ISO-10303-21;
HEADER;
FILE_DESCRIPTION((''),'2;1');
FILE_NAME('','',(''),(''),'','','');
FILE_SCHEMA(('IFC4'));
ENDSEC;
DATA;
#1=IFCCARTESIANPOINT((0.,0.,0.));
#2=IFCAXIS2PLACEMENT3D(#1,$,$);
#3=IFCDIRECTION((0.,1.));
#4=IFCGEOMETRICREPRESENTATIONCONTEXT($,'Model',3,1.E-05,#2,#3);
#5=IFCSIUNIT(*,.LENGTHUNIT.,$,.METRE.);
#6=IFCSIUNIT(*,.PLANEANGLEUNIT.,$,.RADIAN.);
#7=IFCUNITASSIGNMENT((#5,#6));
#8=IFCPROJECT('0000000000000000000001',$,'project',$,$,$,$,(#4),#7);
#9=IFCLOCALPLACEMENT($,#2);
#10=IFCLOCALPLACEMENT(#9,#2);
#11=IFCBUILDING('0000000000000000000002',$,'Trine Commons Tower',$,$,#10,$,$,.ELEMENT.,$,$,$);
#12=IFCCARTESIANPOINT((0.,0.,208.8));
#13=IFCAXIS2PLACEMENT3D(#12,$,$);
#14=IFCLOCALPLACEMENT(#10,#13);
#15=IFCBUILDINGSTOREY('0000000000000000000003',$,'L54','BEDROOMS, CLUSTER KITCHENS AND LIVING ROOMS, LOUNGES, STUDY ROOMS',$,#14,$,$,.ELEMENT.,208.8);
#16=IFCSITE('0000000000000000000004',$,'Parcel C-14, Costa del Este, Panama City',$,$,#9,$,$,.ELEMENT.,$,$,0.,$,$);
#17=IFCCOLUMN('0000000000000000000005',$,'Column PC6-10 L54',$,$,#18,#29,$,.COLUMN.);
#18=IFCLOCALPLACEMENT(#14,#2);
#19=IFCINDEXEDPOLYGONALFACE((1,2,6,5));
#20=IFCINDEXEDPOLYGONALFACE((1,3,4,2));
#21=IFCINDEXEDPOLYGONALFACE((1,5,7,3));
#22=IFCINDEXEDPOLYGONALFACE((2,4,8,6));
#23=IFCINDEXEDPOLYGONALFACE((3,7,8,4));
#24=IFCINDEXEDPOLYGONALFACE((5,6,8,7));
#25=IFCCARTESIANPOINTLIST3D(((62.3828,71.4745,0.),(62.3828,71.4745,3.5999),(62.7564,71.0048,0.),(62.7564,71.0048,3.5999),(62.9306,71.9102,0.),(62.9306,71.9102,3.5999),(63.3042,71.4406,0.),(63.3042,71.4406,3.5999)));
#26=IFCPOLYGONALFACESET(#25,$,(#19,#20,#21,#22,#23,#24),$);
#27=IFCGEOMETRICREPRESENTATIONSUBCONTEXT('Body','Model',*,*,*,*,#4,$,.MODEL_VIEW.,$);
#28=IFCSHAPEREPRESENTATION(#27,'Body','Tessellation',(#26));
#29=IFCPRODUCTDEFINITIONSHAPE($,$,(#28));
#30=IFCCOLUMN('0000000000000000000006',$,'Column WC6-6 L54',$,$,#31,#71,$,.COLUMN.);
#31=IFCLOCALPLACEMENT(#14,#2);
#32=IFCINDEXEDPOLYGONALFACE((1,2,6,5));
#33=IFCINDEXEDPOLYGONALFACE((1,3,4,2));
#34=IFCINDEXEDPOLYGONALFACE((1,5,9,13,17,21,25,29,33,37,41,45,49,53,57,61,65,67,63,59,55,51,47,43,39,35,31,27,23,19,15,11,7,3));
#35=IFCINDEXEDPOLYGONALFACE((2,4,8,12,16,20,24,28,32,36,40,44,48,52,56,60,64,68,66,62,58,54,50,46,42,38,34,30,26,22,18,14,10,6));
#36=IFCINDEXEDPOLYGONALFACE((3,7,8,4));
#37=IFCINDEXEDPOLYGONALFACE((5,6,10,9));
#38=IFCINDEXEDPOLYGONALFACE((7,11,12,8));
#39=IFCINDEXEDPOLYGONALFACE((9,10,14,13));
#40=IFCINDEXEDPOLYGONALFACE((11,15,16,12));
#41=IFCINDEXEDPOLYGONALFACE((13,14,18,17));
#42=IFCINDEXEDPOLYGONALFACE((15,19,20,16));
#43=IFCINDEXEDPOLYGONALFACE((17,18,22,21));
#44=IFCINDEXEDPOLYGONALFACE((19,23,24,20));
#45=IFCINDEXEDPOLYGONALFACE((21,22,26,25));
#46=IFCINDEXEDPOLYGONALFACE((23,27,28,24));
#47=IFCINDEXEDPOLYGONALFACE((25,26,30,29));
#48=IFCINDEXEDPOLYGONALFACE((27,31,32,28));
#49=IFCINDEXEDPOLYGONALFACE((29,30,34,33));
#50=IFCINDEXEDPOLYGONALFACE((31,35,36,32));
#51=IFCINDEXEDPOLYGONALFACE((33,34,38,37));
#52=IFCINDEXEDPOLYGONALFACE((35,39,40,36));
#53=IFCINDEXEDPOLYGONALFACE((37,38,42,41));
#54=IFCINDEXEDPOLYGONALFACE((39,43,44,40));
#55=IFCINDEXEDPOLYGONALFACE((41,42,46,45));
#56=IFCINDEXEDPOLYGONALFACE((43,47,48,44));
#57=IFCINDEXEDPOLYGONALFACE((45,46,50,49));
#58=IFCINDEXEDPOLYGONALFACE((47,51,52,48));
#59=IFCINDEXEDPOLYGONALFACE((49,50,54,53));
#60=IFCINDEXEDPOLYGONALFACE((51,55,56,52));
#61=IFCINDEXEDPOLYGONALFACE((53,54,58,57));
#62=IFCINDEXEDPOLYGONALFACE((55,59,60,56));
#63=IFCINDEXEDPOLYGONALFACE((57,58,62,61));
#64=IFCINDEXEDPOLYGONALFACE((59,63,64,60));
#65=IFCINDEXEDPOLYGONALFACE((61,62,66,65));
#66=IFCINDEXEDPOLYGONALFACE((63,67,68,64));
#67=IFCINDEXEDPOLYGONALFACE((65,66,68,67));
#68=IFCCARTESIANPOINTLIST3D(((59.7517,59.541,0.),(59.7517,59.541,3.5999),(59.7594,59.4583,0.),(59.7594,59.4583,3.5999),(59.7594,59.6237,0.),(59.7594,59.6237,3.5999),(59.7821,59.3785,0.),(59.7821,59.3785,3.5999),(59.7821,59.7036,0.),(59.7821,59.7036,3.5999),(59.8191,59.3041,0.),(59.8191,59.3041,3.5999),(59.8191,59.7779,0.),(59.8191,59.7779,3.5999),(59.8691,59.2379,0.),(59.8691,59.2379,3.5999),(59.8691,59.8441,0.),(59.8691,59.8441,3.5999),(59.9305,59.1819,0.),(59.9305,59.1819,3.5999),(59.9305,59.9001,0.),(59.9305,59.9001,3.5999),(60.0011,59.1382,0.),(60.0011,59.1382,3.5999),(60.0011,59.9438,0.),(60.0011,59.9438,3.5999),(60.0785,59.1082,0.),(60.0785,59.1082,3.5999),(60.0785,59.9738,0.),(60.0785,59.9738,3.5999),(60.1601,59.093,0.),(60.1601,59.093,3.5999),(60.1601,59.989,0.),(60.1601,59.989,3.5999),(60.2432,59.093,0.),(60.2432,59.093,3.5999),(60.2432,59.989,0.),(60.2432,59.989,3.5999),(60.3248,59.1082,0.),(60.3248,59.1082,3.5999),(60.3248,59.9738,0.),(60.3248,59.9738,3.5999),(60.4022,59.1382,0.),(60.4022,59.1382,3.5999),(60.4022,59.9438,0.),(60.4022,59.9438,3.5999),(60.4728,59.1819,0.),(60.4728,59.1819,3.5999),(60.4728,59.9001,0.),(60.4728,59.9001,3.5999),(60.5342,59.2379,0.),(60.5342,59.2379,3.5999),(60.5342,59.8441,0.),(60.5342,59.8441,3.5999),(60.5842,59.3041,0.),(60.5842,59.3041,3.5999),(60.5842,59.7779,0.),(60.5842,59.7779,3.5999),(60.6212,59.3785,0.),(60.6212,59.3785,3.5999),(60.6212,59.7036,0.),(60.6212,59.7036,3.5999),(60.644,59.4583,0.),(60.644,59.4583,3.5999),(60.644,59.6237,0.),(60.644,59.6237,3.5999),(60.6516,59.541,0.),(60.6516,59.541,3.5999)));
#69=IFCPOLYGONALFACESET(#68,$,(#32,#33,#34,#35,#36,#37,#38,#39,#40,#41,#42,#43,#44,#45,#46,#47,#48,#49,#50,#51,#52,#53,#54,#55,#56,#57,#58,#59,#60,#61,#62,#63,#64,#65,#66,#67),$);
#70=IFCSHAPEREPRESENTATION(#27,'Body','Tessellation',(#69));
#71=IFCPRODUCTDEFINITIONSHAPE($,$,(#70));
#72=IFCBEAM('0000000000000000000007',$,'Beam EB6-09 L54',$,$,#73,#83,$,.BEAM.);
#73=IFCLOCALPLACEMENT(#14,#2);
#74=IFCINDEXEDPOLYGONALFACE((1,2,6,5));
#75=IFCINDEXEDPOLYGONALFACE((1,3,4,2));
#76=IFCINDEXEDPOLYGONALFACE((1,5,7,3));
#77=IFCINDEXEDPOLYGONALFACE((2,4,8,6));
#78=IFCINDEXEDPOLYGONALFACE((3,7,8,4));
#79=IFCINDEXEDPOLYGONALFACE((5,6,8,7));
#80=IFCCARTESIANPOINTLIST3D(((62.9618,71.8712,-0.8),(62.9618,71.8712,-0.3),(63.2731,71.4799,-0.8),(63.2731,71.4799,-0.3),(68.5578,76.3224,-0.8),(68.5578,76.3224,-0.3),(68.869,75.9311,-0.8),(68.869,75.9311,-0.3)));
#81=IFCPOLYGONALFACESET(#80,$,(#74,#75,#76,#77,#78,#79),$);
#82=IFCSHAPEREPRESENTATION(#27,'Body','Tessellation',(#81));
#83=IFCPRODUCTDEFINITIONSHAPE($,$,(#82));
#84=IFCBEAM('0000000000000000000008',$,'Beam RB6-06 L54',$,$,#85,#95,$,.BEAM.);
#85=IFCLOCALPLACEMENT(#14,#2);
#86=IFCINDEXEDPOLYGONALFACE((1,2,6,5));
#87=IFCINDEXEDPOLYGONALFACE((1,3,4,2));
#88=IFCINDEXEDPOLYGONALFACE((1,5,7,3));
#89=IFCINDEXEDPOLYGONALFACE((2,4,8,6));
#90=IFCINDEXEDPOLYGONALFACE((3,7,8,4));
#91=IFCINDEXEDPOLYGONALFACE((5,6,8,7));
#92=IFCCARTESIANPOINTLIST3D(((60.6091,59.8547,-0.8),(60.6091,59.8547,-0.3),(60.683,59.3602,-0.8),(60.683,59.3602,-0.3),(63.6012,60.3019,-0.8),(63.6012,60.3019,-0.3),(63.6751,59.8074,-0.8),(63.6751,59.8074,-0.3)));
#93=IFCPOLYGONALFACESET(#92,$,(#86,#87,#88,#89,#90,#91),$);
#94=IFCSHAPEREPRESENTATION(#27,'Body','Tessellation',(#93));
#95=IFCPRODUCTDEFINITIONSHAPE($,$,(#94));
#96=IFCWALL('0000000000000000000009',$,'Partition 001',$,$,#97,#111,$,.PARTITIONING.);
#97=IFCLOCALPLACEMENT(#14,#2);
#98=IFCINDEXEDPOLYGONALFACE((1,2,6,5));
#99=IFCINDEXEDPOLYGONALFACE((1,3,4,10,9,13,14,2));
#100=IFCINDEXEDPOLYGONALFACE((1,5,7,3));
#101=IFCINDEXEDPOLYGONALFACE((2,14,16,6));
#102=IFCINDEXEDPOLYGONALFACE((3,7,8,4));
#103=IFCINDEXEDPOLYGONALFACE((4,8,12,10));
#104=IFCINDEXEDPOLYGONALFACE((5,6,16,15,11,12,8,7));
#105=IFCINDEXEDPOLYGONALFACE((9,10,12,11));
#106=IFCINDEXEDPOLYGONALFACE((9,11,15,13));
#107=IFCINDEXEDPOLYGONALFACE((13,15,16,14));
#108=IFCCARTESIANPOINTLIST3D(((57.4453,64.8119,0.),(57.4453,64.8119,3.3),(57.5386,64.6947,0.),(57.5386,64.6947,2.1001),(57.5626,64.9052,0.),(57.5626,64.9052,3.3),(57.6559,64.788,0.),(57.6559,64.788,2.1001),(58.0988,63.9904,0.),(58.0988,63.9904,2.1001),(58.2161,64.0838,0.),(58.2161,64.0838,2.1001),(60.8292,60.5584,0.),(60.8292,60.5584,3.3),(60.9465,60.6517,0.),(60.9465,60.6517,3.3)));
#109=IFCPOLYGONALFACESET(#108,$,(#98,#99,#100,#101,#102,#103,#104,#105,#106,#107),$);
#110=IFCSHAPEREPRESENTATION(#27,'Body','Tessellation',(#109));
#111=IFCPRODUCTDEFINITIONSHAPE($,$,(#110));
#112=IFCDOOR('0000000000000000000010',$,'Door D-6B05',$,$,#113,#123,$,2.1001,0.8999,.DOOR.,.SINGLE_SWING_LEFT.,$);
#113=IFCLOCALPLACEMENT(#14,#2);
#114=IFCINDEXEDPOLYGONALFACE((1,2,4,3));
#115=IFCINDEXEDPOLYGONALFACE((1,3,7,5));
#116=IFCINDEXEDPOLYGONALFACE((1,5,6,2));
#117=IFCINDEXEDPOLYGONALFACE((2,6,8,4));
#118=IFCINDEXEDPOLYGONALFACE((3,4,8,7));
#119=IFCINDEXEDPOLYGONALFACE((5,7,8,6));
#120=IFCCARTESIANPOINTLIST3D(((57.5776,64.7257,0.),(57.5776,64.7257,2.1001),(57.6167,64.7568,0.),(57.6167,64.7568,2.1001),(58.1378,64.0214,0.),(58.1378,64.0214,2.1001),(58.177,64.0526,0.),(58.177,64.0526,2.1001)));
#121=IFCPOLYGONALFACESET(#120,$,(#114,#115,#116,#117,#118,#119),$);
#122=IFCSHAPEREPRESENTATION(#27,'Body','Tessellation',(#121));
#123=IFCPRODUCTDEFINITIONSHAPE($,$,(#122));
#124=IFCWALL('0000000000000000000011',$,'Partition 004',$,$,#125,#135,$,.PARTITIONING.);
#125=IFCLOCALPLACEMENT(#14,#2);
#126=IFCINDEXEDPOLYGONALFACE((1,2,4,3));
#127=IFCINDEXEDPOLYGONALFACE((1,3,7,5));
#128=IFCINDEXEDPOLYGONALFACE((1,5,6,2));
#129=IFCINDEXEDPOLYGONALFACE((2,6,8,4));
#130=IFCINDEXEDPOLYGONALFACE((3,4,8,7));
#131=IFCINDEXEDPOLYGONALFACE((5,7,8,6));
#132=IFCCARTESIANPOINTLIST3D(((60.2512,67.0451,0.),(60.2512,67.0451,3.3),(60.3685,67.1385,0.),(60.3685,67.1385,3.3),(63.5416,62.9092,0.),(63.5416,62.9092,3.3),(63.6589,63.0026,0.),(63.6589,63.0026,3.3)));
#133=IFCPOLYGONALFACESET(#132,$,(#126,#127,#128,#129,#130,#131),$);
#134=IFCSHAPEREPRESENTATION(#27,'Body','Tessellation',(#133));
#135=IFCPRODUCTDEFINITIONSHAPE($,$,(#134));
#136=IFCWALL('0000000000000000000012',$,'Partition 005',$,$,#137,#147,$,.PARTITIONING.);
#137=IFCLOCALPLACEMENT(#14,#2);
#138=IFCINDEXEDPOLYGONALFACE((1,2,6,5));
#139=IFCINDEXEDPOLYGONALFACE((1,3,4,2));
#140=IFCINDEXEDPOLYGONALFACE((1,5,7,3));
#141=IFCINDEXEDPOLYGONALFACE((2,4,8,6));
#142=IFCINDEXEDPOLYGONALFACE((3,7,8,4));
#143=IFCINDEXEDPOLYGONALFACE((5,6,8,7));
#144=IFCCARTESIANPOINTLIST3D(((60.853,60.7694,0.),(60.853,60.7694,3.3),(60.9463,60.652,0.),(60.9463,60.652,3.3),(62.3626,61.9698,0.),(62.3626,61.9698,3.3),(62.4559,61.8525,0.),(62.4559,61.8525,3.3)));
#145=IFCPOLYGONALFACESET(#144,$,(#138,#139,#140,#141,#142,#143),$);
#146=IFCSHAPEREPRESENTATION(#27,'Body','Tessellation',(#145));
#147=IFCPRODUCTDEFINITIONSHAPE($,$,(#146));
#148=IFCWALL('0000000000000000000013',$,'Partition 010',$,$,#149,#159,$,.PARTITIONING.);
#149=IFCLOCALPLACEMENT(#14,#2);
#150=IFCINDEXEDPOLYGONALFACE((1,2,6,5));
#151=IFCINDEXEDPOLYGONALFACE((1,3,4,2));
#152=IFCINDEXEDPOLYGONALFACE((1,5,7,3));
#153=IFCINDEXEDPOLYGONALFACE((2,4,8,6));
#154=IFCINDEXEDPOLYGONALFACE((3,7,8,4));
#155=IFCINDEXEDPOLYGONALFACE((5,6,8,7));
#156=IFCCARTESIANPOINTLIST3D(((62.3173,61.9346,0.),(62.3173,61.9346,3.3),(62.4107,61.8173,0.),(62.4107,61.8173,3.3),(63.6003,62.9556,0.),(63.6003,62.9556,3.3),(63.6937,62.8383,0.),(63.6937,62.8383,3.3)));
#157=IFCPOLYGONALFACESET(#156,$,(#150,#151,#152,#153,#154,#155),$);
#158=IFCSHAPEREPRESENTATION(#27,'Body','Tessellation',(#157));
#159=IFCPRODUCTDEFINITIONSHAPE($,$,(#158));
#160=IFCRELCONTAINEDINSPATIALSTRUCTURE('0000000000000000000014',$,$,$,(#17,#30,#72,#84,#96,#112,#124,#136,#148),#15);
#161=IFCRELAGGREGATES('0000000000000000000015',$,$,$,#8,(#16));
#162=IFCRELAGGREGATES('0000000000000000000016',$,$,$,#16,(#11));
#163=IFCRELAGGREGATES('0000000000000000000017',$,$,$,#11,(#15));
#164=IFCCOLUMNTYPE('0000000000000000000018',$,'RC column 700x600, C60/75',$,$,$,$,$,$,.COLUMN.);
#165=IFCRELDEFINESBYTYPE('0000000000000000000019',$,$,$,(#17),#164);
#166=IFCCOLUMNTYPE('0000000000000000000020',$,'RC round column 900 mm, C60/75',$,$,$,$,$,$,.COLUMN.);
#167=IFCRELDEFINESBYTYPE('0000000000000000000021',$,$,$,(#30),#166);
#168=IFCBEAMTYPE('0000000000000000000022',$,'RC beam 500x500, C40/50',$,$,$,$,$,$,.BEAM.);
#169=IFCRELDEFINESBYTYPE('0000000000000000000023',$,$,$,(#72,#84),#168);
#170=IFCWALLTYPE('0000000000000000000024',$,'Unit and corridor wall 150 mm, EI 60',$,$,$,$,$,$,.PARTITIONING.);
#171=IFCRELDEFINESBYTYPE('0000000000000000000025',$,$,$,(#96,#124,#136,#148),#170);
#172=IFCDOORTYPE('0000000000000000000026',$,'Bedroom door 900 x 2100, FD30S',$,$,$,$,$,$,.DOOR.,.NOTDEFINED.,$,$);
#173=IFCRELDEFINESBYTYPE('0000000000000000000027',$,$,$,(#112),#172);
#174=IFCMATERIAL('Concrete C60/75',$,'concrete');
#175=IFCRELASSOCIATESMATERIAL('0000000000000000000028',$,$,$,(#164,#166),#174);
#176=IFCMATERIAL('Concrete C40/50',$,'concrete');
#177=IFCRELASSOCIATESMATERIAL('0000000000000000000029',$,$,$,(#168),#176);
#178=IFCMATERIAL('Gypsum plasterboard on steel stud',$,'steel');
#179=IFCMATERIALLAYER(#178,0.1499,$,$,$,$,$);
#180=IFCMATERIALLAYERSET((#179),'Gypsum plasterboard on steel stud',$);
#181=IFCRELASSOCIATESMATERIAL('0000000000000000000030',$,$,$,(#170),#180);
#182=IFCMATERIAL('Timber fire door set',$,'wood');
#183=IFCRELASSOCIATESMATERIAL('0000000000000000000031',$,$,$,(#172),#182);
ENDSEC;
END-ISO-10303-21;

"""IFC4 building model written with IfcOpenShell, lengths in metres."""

from ifc_helpers import new_model, si_unit, direction, frame, frame_2d, origin, origin_2d, place, context, subcontext, project, spatial, rectangle, circle, extrude, material, layer, layer_set, material_profile, profile_set, type_object, element, fill, save


model = new_model("IFC4")

# Units and contexts
model_context = context("Model", 3, precision=1e-05, world=origin(), true_north=direction((0.0, 1.0)))
body_context = subcontext(model_context, "Body", "Model", "MODEL_VIEW")
ifc_project = project(units=[si_unit("LENGTHUNIT", "METRE"), si_unit("PLANEANGLEUNIT", "RADIAN")], contexts=[model_context])

# Site, building, storey
site_placement = place(None, origin())
site = spatial("IfcSite", under=ifc_project, at=site_placement, Name="Parcel C-14, Costa del Este, Panama City", CompositionType="ELEMENT", RefElevation=0.0)
building_placement = place(site_placement, origin())
building = spatial("IfcBuilding", under=site, at=building_placement, Name="Trine Commons Tower", CompositionType="ELEMENT")
storey_placement = place(building_placement, frame((0.0, 0.0, 208.8)))
storey = spatial("IfcBuildingStorey", under=building, at=storey_placement, Name="L54", Description="BEDROOMS, CLUSTER KITCHENS AND LIVING ROOMS, LOUNGES, STUDY ROOMS", CompositionType="ELEMENT", Elevation=208.8)

# Columns
ifc_material_1 = material(Name="Concrete C60/75", Category="concrete")
ifc_material_profile_1 = material_profile(ifc_material_1, rectangle(XDim=0.7, YDim=0.6001, at=origin_2d()), Name="RC 700x600")
ifc_profile_set_1 = profile_set([ifc_material_profile_1], Name="Concrete C60/75")
column_type_1 = type_object("IfcColumnType", Name="RC column 700x600, C60/75", PredefinedType="COLUMN", material=ifc_profile_set_1)
column_1_placement = place(storey_placement, frame((62.8435, 71.4575, 0.0), z_axis=(0.0, 0.0, 1.0), x_axis=(0.782608, 0.622515, 0.0)))
element("IfcColumn", 1, at=column_1_placement, inside=storey, type_object=column_type_1, Name="Column PC6-10 L54", PredefinedType="COLUMN", context=body_context, shape_type="SweptSolid", body=[
    extrude(rectangle(XDim=0.7, YDim=0.6001, at=origin_2d()), origin(), (0.0, 0.0, 1.0), 3.5999),
])
ifc_material_profile_2 = material_profile(ifc_material_1, circle(Radius=0.45, at=origin_2d()), Name="RC round 900")
ifc_profile_set_2 = profile_set([ifc_material_profile_2], Name="Concrete C60/75")
column_type_2 = type_object("IfcColumnType", Name="RC round column 900 mm, C60/75", PredefinedType="COLUMN", material=ifc_profile_set_2)
column_2_placement = place(storey_placement, frame((60.2017, 59.541, 0.0), z_axis=(0.0, 0.0, 1.0), x_axis=(1.0, 0.0, 0.0)))
element("IfcColumn", 2, at=column_2_placement, inside=storey, type_object=column_type_2, Name="Column WC6-6 L54", PredefinedType="COLUMN", context=body_context, shape_type="SweptSolid", body=[
    extrude(circle(Radius=0.45, at=origin_2d()), origin(), (0.0, 0.0, 1.0), 3.5999),
])

# Beams
ifc_material_2 = material(Name="Concrete C40/50", Category="concrete")
ifc_material_profile_3 = material_profile(ifc_material_2, rectangle(XDim=0.5, YDim=0.5, at=origin_2d()), Name="RC 500x500")
ifc_profile_set_3 = profile_set([ifc_material_profile_3], Name="Concrete C40/50")
beam_type = type_object("IfcBeamType", Name="RC beam 500x500, C40/50", PredefinedType="BEAM", material=ifc_profile_set_3)
beam_1_placement = place(storey_placement, frame((63.1174, 71.6755, -0.55), z_axis=(0.782611, 0.622511, 0.0), x_axis=(-0.622511, 0.782611, 0.0)))
element("IfcBeam", 3, at=beam_1_placement, inside=storey, type_object=beam_type, Name="Beam EB6-09 L54", PredefinedType="BEAM", context=body_context, shape_type="SweptSolid", body=[
    extrude(rectangle(XDim=0.5, YDim=0.5, at=origin_2d()), origin(), (0.0, 0.0, 1.0), 7.1504),
])
beam_2_placement = place(storey_placement, frame((63.6382, 60.0547, -0.55), z_axis=(-0.989012, -0.147835, 0.0), x_axis=(0.147835, -0.989012, 0.0)))
element("IfcBeam", 4, at=beam_2_placement, inside=storey, type_object=beam_type, Name="Beam RB6-06 L54", PredefinedType="BEAM", context=body_context, shape_type="SweptSolid", body=[
    extrude(rectangle(XDim=0.5, YDim=0.5, at=origin_2d()), origin(), (0.0, 0.0, 1.0), 3.0254),
])

# Wall, opening, door
ifc_material_3 = material(Name="Gypsum plasterboard on steel stud", Category="steel")
ifc_layer_1 = layer(ifc_material_3, 0.1499)
ifc_layer_set_1 = layer_set([ifc_layer_1], Name="Gypsum plasterboard on steel stud")
wall_type_1 = type_object("IfcWallType", Name="Unit and corridor wall 150 mm, EI 60", PredefinedType="PARTITIONING", material=ifc_layer_set_1)
wall_1_placement = place(storey_placement, frame((57.5039, 64.8586, 0.0), z_axis=(0.0, 0.0, 1.0), x_axis=(0.622567, -0.782566, 0.0)))
wall_1 = element("IfcWall", 5, at=wall_1_placement, inside=storey, type_object=wall_type_1, Name="Partition 001", PredefinedType="PARTITIONING", context=body_context, shape_type="SweptSolid", body=[
    extrude(rectangle(XDim=5.4353, YDim=0.1499, at=frame_2d((2.7178, 0.0))), origin(), (0.0, 0.0, 1.0), 3.3),
])
opening_1_placement = place(wall_1_placement, frame((0.1499, 0.0, 0.0)))
opening_1 = element("IfcOpeningElement", 6, at=opening_1_placement, cuts=wall_1, PredefinedType="OPENING", context=body_context, shape_type="SweptSolid", body=[
    extrude(rectangle(XDim=0.8999, YDim=2.1001, at=frame_2d((0.45, 1.05))), frame((0.0, 0.085, 0.0), z_axis=(0.0, -1.0, 0.0), x_axis=(1.0, 0.0, 0.0)), (0.0, 0.0, 1.0), 0.1699),
])
ifc_material_4 = material(Name="Timber fire door set", Category="wood")
door_type_1 = type_object("IfcDoorType", Name="Bedroom door 900 x 2100, FD30S", OperationType="NOTDEFINED", PredefinedType="DOOR", material=ifc_material_4)
door_1_placement = place(opening_1_placement, origin())
door_1 = element("IfcDoor", 7, at=door_1_placement, inside=storey, type_object=door_type_1, Name="Door D-6B05", OperationType="SINGLE_SWING_LEFT", OverallHeight=2.1001, OverallWidth=0.8999, PredefinedType="DOOR", context=body_context, shape_type="SweptSolid", body=[
    extrude(rectangle(XDim=0.8999, YDim=2.1001, at=frame_2d((0.45, 1.05))), frame((0.0, 0.0249, 0.0), z_axis=(0.0, -1.0, 0.0), x_axis=(1.0, 0.0, 0.0)), (0.0, 0.0, 1.0), 0.05),
])
fill(opening_1, door_1)

# Walls
wall_2_placement = place(storey_placement, frame((60.3098, 67.0918, 0.0), z_axis=(0.0, 0.0, 1.0), x_axis=(0.622586, -0.782551, 0.0)))
element("IfcWall", 8, at=wall_2_placement, inside=storey, type_object=wall_type_1, Name="Partition 004", PredefinedType="PARTITIONING", context=body_context, shape_type="SweptSolid", body=[
    extrude(rectangle(XDim=5.2852, YDim=0.1499, at=frame_2d((2.6426, 0.0))), origin(), (0.0, 0.0, 1.0), 3.3),
])
wall_3_placement = place(storey_placement, frame((60.8997, 60.7107, 0.0), z_axis=(0.0, 0.0, 1.0), x_axis=(0.782681, 0.622423, 0.0)))
element("IfcWall", 9, at=wall_3_placement, inside=storey, type_object=wall_type_1, Name="Partition 005", PredefinedType="PARTITIONING", context=body_context, shape_type="SweptSolid", body=[
    extrude(rectangle(XDim=1.9287, YDim=0.1499, at=frame_2d((0.9644, 0.0))), origin(), (0.0, 0.0, 1.0), 3.3),
])
wall_4_placement = place(storey_placement, frame((62.364, 61.876, 0.0), z_axis=(0.0, 0.0, 1.0), x_axis=(0.782464, 0.622696, 0.0)))
element("IfcWall", 10, at=wall_4_placement, inside=storey, type_object=wall_type_1, Name="Partition 010", PredefinedType="PARTITIONING", context=body_context, shape_type="SweptSolid", body=[
    extrude(rectangle(XDim=1.6396, YDim=0.1499, at=frame_2d((0.8198, 0.0))), origin(), (0.0, 0.0, 1.0), 3.3),
])

save(model, "model.ifc")
